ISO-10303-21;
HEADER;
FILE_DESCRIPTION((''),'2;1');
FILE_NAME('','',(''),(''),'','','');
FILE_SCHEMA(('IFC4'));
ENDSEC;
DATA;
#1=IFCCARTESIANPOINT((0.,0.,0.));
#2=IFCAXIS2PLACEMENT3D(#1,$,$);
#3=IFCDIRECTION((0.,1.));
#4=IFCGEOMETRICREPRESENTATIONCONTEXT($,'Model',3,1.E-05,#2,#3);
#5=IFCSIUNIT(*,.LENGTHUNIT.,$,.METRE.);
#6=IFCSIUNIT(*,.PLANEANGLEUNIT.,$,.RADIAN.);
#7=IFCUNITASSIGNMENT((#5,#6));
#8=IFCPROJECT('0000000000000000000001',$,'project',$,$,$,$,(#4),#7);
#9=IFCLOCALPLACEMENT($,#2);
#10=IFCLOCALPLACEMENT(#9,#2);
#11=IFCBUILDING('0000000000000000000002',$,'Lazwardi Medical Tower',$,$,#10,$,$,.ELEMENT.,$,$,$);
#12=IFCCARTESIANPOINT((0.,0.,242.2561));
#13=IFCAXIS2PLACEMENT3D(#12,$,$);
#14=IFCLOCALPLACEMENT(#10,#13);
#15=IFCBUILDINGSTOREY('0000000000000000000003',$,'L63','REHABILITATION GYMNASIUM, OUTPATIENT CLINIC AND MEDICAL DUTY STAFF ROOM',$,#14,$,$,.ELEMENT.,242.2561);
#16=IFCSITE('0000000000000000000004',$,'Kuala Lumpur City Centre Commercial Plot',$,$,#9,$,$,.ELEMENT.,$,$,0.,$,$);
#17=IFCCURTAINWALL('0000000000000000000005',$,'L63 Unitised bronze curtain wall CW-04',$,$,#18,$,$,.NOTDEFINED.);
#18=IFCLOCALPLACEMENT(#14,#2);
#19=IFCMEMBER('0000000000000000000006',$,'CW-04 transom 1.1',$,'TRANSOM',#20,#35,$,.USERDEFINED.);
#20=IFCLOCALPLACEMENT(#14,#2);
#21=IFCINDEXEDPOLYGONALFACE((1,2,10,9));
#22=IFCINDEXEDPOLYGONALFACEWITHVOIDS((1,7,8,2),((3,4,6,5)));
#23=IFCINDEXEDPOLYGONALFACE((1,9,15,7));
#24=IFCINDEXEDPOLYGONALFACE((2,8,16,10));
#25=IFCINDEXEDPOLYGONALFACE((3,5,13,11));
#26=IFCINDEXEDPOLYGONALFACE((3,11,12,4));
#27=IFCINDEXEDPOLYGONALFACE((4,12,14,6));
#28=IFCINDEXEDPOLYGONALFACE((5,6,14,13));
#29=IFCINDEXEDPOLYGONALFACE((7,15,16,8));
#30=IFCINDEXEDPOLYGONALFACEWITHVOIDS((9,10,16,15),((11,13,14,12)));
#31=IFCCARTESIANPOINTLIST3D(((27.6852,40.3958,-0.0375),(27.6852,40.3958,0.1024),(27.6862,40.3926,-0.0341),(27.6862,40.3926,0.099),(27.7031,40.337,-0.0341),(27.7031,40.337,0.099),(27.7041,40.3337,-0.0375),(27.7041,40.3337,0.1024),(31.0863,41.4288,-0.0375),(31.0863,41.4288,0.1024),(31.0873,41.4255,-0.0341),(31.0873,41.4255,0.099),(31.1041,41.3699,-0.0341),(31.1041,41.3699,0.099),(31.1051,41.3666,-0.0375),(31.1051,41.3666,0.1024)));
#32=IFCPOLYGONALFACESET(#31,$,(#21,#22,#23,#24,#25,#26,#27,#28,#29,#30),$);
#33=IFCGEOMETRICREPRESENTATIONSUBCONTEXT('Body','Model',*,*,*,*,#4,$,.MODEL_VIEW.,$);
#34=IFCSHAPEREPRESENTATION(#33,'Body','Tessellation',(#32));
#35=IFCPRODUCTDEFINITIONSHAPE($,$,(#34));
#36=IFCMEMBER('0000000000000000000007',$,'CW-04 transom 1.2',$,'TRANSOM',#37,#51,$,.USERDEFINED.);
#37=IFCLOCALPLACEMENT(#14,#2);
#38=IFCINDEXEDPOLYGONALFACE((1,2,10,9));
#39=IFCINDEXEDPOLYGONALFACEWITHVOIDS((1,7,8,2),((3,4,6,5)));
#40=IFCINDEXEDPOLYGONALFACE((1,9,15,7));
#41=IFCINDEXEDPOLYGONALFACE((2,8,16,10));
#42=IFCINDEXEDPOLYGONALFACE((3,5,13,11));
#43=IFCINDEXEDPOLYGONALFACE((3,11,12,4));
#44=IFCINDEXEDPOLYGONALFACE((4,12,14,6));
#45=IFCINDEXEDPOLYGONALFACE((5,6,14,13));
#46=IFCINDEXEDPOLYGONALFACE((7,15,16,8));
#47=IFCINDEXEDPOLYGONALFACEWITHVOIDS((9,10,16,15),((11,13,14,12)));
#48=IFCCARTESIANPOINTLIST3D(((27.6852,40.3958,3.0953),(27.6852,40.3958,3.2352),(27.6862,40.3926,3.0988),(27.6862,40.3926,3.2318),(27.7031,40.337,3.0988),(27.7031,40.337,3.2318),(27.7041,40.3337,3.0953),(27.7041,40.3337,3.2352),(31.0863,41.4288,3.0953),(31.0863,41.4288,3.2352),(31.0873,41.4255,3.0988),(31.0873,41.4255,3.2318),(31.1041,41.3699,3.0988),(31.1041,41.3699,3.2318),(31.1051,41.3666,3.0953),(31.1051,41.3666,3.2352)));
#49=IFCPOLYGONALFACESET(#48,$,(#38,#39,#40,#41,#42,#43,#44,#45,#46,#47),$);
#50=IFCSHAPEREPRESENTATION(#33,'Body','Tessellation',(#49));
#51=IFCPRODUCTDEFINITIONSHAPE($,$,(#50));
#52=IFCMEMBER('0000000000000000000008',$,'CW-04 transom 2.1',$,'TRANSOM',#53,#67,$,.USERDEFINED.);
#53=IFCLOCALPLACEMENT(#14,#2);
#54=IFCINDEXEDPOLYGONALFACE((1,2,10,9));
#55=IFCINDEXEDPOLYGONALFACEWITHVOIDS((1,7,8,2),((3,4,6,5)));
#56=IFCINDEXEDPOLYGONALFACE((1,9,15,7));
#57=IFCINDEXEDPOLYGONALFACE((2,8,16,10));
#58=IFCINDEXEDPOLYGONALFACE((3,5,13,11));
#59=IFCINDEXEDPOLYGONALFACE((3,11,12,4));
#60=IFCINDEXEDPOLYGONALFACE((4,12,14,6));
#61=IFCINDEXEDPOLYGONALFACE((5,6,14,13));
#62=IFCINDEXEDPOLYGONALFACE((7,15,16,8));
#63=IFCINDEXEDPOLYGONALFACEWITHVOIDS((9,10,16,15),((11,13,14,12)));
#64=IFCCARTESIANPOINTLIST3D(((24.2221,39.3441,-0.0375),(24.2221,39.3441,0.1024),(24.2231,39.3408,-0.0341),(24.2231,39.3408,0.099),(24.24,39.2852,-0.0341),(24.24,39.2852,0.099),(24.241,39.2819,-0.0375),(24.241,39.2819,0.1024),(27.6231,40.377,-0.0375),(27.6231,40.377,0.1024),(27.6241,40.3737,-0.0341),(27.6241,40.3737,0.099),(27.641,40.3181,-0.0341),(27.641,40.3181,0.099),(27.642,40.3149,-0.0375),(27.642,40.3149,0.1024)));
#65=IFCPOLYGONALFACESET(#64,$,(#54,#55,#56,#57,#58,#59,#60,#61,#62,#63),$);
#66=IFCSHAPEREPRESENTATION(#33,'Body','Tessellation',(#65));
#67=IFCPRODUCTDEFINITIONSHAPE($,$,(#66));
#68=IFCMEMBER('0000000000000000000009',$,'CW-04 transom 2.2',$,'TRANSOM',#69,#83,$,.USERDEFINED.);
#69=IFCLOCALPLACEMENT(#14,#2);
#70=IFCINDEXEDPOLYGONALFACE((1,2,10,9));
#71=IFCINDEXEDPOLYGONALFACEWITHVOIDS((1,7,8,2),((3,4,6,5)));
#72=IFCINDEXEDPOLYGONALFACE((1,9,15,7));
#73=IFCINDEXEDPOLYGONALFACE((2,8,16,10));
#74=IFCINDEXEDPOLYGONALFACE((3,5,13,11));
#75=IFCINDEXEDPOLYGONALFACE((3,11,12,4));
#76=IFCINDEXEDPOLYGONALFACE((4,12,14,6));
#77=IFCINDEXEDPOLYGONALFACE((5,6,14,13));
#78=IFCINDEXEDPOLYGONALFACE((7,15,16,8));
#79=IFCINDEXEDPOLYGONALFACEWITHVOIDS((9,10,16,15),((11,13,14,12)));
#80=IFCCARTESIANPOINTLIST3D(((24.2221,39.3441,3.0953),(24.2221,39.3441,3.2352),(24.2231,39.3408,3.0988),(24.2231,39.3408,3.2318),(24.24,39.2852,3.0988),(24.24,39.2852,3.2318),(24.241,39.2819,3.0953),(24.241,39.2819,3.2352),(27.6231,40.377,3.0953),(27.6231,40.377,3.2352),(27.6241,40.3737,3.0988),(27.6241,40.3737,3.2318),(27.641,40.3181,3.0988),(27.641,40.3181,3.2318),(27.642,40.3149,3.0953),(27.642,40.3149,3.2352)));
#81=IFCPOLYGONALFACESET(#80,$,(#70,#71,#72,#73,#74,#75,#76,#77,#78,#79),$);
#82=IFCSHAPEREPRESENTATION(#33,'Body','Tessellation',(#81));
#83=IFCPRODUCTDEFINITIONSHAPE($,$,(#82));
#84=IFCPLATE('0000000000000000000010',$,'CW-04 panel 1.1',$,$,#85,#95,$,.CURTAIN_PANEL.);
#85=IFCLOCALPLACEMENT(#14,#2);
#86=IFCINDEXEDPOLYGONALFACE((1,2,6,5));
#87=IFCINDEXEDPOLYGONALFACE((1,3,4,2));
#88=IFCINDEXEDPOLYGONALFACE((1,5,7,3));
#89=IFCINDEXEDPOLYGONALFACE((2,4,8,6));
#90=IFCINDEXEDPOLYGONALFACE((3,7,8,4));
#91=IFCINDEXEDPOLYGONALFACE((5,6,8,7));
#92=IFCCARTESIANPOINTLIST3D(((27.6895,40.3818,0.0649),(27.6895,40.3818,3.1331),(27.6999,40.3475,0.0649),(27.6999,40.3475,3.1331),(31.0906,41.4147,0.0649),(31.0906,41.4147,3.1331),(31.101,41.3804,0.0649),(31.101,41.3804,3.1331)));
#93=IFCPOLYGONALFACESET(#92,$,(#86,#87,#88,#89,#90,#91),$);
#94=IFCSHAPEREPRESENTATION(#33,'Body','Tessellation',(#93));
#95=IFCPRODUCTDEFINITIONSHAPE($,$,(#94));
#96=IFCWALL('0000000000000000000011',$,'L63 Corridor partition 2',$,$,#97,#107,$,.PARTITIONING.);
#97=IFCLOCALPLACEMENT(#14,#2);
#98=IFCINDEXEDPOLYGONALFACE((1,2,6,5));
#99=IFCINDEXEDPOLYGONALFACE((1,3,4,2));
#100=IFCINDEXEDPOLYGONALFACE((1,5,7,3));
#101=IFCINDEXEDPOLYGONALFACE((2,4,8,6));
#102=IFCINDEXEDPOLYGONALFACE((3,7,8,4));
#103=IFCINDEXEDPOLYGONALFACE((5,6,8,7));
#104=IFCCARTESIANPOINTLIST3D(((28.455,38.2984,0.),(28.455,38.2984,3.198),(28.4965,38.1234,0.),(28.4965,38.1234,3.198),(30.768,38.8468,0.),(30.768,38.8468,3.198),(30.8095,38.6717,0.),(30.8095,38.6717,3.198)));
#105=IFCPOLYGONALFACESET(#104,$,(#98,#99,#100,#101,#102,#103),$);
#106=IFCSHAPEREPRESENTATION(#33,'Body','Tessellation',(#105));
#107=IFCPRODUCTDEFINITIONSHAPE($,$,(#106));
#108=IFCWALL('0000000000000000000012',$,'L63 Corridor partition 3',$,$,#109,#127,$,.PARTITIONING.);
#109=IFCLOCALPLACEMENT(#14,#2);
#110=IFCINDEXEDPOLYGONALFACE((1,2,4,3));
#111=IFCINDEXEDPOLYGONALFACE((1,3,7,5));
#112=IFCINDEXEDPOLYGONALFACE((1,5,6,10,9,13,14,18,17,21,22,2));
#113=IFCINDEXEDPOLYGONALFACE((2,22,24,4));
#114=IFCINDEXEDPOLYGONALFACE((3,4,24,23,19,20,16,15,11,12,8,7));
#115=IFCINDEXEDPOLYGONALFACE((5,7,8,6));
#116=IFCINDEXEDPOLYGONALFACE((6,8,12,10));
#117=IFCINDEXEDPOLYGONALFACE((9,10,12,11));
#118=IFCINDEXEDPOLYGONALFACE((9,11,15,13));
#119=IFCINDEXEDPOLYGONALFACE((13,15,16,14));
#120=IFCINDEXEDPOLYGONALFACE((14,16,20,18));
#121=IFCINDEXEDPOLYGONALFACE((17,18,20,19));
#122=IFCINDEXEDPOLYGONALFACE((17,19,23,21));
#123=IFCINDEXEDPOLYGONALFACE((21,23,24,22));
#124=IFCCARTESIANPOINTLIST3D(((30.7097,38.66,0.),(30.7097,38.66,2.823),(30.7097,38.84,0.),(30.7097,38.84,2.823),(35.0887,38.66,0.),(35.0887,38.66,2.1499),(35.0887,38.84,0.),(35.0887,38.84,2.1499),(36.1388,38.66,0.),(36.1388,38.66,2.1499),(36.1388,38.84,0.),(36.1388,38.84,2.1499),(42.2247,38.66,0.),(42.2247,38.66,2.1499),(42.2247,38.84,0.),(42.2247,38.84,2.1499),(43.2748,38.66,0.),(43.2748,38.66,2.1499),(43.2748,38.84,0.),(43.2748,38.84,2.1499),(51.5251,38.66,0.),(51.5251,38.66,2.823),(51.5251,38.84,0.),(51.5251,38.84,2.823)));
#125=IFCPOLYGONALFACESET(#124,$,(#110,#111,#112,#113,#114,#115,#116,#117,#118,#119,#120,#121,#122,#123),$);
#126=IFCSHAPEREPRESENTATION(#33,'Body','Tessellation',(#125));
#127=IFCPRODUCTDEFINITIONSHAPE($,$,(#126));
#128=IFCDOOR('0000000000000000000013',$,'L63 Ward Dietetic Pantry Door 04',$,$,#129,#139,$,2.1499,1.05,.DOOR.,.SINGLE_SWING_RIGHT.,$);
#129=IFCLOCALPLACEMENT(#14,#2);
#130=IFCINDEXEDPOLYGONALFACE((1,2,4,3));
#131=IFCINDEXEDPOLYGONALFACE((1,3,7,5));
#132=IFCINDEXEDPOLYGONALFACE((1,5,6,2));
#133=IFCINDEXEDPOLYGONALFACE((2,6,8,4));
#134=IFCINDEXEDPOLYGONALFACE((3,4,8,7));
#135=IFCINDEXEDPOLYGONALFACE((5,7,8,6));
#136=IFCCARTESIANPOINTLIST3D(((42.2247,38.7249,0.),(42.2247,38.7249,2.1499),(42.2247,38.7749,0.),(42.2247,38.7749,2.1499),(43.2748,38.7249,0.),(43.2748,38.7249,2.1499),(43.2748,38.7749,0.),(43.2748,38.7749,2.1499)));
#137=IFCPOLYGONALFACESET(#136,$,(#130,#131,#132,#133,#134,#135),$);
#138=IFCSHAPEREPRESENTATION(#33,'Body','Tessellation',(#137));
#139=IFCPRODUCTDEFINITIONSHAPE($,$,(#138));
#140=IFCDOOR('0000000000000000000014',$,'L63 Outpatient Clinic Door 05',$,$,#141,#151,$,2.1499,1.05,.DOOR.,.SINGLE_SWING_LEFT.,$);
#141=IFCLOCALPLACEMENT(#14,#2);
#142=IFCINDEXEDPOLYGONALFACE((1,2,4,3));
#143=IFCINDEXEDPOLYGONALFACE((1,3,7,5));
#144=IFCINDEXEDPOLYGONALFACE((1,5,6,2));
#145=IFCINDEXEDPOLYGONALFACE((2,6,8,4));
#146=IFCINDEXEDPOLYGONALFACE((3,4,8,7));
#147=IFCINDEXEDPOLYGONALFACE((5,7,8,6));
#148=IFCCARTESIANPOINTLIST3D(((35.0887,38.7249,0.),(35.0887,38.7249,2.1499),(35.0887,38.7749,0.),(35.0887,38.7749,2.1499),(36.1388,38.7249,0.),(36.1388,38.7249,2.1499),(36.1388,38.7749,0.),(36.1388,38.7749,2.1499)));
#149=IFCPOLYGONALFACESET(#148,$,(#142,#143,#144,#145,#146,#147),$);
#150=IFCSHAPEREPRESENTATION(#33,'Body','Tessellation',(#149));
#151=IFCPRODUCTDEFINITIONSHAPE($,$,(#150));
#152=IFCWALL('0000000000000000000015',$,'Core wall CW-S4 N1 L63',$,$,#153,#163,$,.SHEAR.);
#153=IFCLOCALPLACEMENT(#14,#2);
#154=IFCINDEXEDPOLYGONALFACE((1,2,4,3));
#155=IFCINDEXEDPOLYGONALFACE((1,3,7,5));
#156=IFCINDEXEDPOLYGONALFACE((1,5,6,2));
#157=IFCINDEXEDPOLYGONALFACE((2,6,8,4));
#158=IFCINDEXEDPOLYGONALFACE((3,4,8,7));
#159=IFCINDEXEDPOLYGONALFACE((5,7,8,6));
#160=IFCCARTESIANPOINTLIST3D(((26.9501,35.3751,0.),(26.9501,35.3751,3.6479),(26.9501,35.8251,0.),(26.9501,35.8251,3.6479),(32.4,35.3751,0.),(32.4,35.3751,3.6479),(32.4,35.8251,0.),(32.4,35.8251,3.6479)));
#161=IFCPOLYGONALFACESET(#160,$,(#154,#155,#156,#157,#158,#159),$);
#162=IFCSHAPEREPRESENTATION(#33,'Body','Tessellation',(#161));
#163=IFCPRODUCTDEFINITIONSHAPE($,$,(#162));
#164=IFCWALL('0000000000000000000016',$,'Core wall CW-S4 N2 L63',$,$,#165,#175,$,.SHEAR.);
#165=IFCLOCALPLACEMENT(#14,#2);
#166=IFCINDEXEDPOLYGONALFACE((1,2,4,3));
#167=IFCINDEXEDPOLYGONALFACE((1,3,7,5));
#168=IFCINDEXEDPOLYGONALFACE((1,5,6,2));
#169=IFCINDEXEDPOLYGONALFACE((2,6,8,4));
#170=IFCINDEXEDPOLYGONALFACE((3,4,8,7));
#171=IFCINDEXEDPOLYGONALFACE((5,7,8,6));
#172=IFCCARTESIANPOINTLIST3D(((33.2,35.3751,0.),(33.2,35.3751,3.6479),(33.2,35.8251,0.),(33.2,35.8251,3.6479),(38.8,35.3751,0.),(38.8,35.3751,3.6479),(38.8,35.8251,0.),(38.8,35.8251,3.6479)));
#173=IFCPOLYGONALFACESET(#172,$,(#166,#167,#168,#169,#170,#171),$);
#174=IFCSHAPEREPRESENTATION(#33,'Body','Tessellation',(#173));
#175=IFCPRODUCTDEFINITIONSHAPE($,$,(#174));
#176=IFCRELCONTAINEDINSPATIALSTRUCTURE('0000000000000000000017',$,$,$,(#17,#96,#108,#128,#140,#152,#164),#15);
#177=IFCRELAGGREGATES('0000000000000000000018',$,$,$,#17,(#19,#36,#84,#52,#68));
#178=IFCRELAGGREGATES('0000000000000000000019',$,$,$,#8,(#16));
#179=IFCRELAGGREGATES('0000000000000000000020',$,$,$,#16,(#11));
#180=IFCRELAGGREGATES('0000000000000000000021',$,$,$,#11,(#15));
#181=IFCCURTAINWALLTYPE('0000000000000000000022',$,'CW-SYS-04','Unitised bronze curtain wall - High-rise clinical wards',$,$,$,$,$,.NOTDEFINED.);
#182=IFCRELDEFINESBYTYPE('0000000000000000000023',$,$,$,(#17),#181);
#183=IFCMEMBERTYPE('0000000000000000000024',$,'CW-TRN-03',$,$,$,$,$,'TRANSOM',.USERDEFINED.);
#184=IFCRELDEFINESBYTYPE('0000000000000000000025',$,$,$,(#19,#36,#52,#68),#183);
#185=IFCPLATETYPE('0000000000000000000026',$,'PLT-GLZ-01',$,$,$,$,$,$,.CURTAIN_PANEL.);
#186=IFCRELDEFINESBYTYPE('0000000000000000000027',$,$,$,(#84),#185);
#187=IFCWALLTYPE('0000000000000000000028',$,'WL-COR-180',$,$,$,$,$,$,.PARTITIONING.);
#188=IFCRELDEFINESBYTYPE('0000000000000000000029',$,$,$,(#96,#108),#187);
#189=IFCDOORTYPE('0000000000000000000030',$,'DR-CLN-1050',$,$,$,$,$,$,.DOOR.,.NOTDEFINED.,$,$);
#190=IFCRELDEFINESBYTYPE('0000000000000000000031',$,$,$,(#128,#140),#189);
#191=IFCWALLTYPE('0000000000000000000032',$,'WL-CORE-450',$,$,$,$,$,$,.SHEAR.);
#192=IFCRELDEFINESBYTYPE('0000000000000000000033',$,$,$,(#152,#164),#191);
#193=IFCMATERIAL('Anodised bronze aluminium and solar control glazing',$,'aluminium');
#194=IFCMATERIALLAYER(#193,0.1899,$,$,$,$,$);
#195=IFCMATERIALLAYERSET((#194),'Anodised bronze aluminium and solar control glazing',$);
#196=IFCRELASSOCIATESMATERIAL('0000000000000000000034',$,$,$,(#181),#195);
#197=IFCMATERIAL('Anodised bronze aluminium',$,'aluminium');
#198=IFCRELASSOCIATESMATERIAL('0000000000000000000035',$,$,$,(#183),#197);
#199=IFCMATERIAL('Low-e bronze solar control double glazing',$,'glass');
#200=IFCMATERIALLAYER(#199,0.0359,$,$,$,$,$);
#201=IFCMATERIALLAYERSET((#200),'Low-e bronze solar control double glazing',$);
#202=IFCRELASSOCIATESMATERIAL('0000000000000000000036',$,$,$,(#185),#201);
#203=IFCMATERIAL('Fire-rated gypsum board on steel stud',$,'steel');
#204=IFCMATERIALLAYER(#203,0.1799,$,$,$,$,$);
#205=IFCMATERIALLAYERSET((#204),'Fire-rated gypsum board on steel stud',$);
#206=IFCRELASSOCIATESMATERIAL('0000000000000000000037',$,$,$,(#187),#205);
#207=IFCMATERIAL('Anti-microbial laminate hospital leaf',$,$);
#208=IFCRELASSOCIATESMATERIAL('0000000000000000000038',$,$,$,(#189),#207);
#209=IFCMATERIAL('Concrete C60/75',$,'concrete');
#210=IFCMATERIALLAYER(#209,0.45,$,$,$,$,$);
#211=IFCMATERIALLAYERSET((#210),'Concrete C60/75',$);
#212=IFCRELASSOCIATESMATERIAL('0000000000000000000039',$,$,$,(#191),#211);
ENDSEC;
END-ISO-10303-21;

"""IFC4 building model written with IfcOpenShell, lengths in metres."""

from ifc_helpers import new_model, si_unit, direction, frame, frame_2d, origin, origin_2d, place, context, subcontext, project, spatial, rectangle, hollow_rectangle, extrude, material, layer, layer_set, material_profile, profile_set, type_object, element, fill, aggregate, save


model = new_model("IFC4")

# Units and contexts
model_context = context("Model", 3, precision=1e-05, world=origin(), true_north=direction((0.0, 1.0)))
body_context = subcontext(model_context, "Body", "Model", "MODEL_VIEW")
ifc_project = project(units=[si_unit("LENGTHUNIT", "METRE"), si_unit("PLANEANGLEUNIT", "RADIAN")], contexts=[model_context])

# Site, building, storey
site_placement = place(None, origin())
site = spatial("IfcSite", under=ifc_project, at=site_placement, Name="Kuala Lumpur City Centre Commercial Plot", CompositionType="ELEMENT", RefElevation=0.0)
building_placement = place(site_placement, origin())
building = spatial("IfcBuilding", under=site, at=building_placement, Name="Lazwardi Medical Tower", CompositionType="ELEMENT")
storey_placement = place(building_placement, frame((0.0, 0.0, 242.2561)))
storey = spatial("IfcBuildingStorey", under=building, at=storey_placement, Name="L63", Description="REHABILITATION GYMNASIUM, OUTPATIENT CLINIC AND MEDICAL DUTY STAFF ROOM", CompositionType="ELEMENT", Elevation=242.2561)

# Shared definitions
ifc_material_1 = material(Name="Concrete C60/75", Category="concrete")

# Curtain wall, members, plate
ifc_material_2 = material(Name="Anodised bronze aluminium and solar control glazing", Category="aluminium")
ifc_layer_1 = layer(ifc_material_2, 0.1899)
ifc_layer_set_1 = layer_set([ifc_layer_1], Name="Anodised bronze aluminium and solar control glazing")
curtain_wall_type = type_object("IfcCurtainWallType", Name="CW-SYS-04", Description="Unitised bronze curtain wall - High-rise clinical wards", PredefinedType="NOTDEFINED", material=ifc_layer_set_1)
curtain_wall_placement = place(storey_placement, origin())
curtain_wall = element("IfcCurtainWall", 1, at=curtain_wall_placement, inside=storey, type_object=curtain_wall_type, Name="L63 Unitised bronze curtain wall CW-04", PredefinedType="NOTDEFINED")
ifc_material_3 = material(Name="Anodised bronze aluminium", Category="aluminium")
ifc_material_profile_1 = material_profile(ifc_material_3, hollow_rectangle(XDim=0.0649, YDim=0.1399, WallThickness=0.0034, at=origin_2d()), Name="ALU-TRANSOM 140x65x3.5")
ifc_profile_set_1 = profile_set([ifc_material_profile_1], Name="Anodised bronze aluminium")
member_type_1 = type_object("IfcMemberType", Name="CW-TRN-03", ElementType="TRANSOM", PredefinedType="USERDEFINED", material=ifc_profile_set_1)
member_1_placement = place(storey_placement, frame((31.0957, 41.3977, 0.0325), z_axis=(-0.956843, -0.290604, 0.0), x_axis=(0.290604, -0.956843, 0.0)))
member_1 = element("IfcMember", 2, at=member_1_placement, type_object=member_type_1, Name="CW-04 transom 1.1", ObjectType="TRANSOM", PredefinedType="USERDEFINED", context=body_context, shape_type="SweptSolid", body=[
    extrude(hollow_rectangle(XDim=0.0649, YDim=0.1399, WallThickness=0.0034, at=origin_2d()), origin(), (0.0, 0.0, 1.0), 3.5544),
])
member_2_placement = place(storey_placement, frame((31.0957, 41.3977, 3.1653), z_axis=(-0.956843, -0.290604, 0.0), x_axis=(0.290604, -0.956843, 0.0)))
member_2 = element("IfcMember", 3, at=member_2_placement, type_object=member_type_1, Name="CW-04 transom 1.2", ObjectType="TRANSOM", PredefinedType="USERDEFINED", context=body_context, shape_type="SweptSolid", body=[
    extrude(hollow_rectangle(XDim=0.0649, YDim=0.1399, WallThickness=0.0034, at=origin_2d()), origin(), (0.0, 0.0, 1.0), 3.5544),
])
member_3_placement = place(storey_placement, frame((27.6326, 40.3459, 0.0325), z_axis=(-0.956843, -0.290604, 0.0), x_axis=(0.290604, -0.956843, 0.0)))
member_3 = element("IfcMember", 4, at=member_3_placement, type_object=member_type_1, Name="CW-04 transom 2.1", ObjectType="TRANSOM", PredefinedType="USERDEFINED", context=body_context, shape_type="SweptSolid", body=[
    extrude(hollow_rectangle(XDim=0.0649, YDim=0.1399, WallThickness=0.0034, at=origin_2d()), origin(), (0.0, 0.0, 1.0), 3.5544),
])
member_4_placement = place(storey_placement, frame((27.6326, 40.3459, 3.1653), z_axis=(-0.956843, -0.290604, 0.0), x_axis=(0.290604, -0.956843, 0.0)))
member_4 = element("IfcMember", 5, at=member_4_placement, type_object=member_type_1, Name="CW-04 transom 2.2", ObjectType="TRANSOM", PredefinedType="USERDEFINED", context=body_context, shape_type="SweptSolid", body=[
    extrude(hollow_rectangle(XDim=0.0649, YDim=0.1399, WallThickness=0.0034, at=origin_2d()), origin(), (0.0, 0.0, 1.0), 3.5544),
])
ifc_material_4 = material(Name="Low-e bronze solar control double glazing", Category="glass")
ifc_layer_2 = layer(ifc_material_4, 0.0359)
ifc_layer_set_2 = layer_set([ifc_layer_2], Name="Low-e bronze solar control double glazing")
plate_type = type_object("IfcPlateType", Name="PLT-GLZ-01", PredefinedType="CURTAIN_PANEL", material=ifc_layer_set_2)
plate_placement = place(storey_placement, frame((29.3953, 40.8811, 0.0649), z_axis=(0.0, 0.0, 1.0), x_axis=(-0.95685, -0.290582, 0.0)))
plate = element("IfcPlate", 6, at=plate_placement, type_object=plate_type, Name="CW-04 panel 1.1", PredefinedType="CURTAIN_PANEL", context=body_context, shape_type="SweptSolid", body=[
    extrude(rectangle(XDim=3.5544, YDim=0.0359, at=origin_2d()), origin(), (0.0, 0.0, 1.0), 3.0681),
])
aggregate(curtain_wall, [member_1, member_2, plate, member_3, member_4])

# Wall
ifc_material_5 = material(Name="Fire-rated gypsum board on steel stud", Category="steel")
ifc_layer_3 = layer(ifc_material_5, 0.1799)
ifc_layer_set_3 = layer_set([ifc_layer_3], Name="Fire-rated gypsum board on steel stud")
wall_type_1 = type_object("IfcWallType", Name="WL-COR-180", PredefinedType="PARTITIONING", material=ifc_layer_set_3)
wall_1_placement = place(storey_placement, frame((28.4758, 38.2109, 0.0), z_axis=(0.0, 0.0, 1.0), x_axis=(0.973031, 0.230676, 0.0)))
element("IfcWall", 7, at=wall_1_placement, inside=storey, type_object=wall_type_1, Name="L63 Corridor partition 2", PredefinedType="PARTITIONING", context=body_context, shape_type="SweptSolid", body=[
    extrude(rectangle(XDim=2.3772, YDim=0.1799, at=frame_2d((1.1885, 0.0))), origin(), (0.0, 0.0, 1.0), 3.198),
])

# Wall, openings, doors
wall_2_placement = place(storey_placement, frame((30.7097, 38.75, 0.0), z_axis=(0.0, 0.0, 1.0), x_axis=(1.0, 0.0, 0.0)))
wall_2 = element("IfcWall", 8, at=wall_2_placement, inside=storey, type_object=wall_type_1, Name="L63 Corridor partition 3", PredefinedType="PARTITIONING", context=body_context, shape_type="SweptSolid", body=[
    extrude(rectangle(XDim=20.8154, YDim=0.1799, at=frame_2d((10.4077, 0.0))), origin(), (0.0, 0.0, 1.0), 2.823),
])
opening_1_placement = place(wall_2_placement, frame((11.5151, 0.0, 0.0)))
opening_1 = element("IfcOpeningElement", 9, at=opening_1_placement, cuts=wall_2, PredefinedType="OPENING", context=body_context, shape_type="SweptSolid", body=[
    extrude(rectangle(XDim=1.05, YDim=2.1499, at=frame_2d((0.5249, 1.075))), frame((0.0, 0.0999, 0.0), z_axis=(0.0, -1.0, 0.0), x_axis=(1.0, 0.0, 0.0)), (0.0, 0.0, 1.0), 0.2),
])
opening_2_placement = place(wall_2_placement, frame((4.3792, 0.0, 0.0)))
opening_2 = element("IfcOpeningElement", 10, at=opening_2_placement, cuts=wall_2, PredefinedType="OPENING", context=body_context, shape_type="SweptSolid", body=[
    extrude(rectangle(XDim=1.05, YDim=2.1499, at=frame_2d((0.5249, 1.075))), frame((0.0, 0.0999, 0.0), z_axis=(0.0, -1.0, 0.0), x_axis=(1.0, 0.0, 0.0)), (0.0, 0.0, 1.0), 0.2),
])
ifc_material_6 = material(Name="Anti-microbial laminate hospital leaf")
door_type = type_object("IfcDoorType", Name="DR-CLN-1050", OperationType="NOTDEFINED", PredefinedType="DOOR", material=ifc_material_6)
door_1_placement = place(opening_1_placement, origin())
door_1 = element("IfcDoor", 11, at=door_1_placement, inside=storey, type_object=door_type, Name="L63 Ward Dietetic Pantry Door 04", OperationType="SINGLE_SWING_RIGHT", OverallHeight=2.1499, OverallWidth=1.05, PredefinedType="DOOR", context=body_context, shape_type="SweptSolid", body=[
    extrude(rectangle(XDim=1.05, YDim=2.1499, at=frame_2d((0.5249, 1.075))), frame((0.0, 0.0249, 0.0), z_axis=(0.0, -1.0, 0.0), x_axis=(1.0, 0.0, 0.0)), (0.0, 0.0, 1.0), 0.05),
])
fill(opening_1, door_1)
door_2_placement = place(opening_2_placement, origin())
door_2 = element("IfcDoor", 12, at=door_2_placement, inside=storey, type_object=door_type, Name="L63 Outpatient Clinic Door 05", OperationType="SINGLE_SWING_LEFT", OverallHeight=2.1499, OverallWidth=1.05, PredefinedType="DOOR", context=body_context, shape_type="SweptSolid", body=[
    extrude(rectangle(XDim=1.05, YDim=2.1499, at=frame_2d((0.5249, 1.075))), frame((0.0, 0.0249, 0.0), z_axis=(0.0, -1.0, 0.0), x_axis=(1.0, 0.0, 0.0)), (0.0, 0.0, 1.0), 0.05),
])
fill(opening_2, door_2)

# Walls
ifc_layer_4 = layer(ifc_material_1, 0.45)
ifc_layer_set_4 = layer_set([ifc_layer_4], Name="Concrete C60/75")
wall_type_2 = type_object("IfcWallType", Name="WL-CORE-450", PredefinedType="SHEAR", material=ifc_layer_set_4)
wall_3_placement = place(storey_placement, frame((26.95, 35.6001, 0.0), z_axis=(0.0, 0.0, 1.0), x_axis=(1.0, 0.0, 0.0)))
element("IfcWall", 13, at=wall_3_placement, inside=storey, type_object=wall_type_2, Name="Core wall CW-S4 N1 L63", PredefinedType="SHEAR", context=body_context, shape_type="SweptSolid", body=[
    extrude(rectangle(XDim=5.45, YDim=0.45, at=frame_2d((2.7251, 0.0))), origin(), (0.0, 0.0, 1.0), 3.6479),
])
wall_4_placement = place(storey_placement, frame((33.2, 35.6001, 0.0), z_axis=(0.0, 0.0, 1.0), x_axis=(1.0, 0.0, 0.0)))
element("IfcWall", 14, at=wall_4_placement, inside=storey, type_object=wall_type_2, Name="Core wall CW-S4 N2 L63", PredefinedType="SHEAR", context=body_context, shape_type="SweptSolid", body=[
    extrude(rectangle(XDim=5.6001, YDim=0.45, at=frame_2d((2.8, 0.0))), origin(), (0.0, 0.0, 1.0), 3.6479),
])

save(model, "model.ifc")
